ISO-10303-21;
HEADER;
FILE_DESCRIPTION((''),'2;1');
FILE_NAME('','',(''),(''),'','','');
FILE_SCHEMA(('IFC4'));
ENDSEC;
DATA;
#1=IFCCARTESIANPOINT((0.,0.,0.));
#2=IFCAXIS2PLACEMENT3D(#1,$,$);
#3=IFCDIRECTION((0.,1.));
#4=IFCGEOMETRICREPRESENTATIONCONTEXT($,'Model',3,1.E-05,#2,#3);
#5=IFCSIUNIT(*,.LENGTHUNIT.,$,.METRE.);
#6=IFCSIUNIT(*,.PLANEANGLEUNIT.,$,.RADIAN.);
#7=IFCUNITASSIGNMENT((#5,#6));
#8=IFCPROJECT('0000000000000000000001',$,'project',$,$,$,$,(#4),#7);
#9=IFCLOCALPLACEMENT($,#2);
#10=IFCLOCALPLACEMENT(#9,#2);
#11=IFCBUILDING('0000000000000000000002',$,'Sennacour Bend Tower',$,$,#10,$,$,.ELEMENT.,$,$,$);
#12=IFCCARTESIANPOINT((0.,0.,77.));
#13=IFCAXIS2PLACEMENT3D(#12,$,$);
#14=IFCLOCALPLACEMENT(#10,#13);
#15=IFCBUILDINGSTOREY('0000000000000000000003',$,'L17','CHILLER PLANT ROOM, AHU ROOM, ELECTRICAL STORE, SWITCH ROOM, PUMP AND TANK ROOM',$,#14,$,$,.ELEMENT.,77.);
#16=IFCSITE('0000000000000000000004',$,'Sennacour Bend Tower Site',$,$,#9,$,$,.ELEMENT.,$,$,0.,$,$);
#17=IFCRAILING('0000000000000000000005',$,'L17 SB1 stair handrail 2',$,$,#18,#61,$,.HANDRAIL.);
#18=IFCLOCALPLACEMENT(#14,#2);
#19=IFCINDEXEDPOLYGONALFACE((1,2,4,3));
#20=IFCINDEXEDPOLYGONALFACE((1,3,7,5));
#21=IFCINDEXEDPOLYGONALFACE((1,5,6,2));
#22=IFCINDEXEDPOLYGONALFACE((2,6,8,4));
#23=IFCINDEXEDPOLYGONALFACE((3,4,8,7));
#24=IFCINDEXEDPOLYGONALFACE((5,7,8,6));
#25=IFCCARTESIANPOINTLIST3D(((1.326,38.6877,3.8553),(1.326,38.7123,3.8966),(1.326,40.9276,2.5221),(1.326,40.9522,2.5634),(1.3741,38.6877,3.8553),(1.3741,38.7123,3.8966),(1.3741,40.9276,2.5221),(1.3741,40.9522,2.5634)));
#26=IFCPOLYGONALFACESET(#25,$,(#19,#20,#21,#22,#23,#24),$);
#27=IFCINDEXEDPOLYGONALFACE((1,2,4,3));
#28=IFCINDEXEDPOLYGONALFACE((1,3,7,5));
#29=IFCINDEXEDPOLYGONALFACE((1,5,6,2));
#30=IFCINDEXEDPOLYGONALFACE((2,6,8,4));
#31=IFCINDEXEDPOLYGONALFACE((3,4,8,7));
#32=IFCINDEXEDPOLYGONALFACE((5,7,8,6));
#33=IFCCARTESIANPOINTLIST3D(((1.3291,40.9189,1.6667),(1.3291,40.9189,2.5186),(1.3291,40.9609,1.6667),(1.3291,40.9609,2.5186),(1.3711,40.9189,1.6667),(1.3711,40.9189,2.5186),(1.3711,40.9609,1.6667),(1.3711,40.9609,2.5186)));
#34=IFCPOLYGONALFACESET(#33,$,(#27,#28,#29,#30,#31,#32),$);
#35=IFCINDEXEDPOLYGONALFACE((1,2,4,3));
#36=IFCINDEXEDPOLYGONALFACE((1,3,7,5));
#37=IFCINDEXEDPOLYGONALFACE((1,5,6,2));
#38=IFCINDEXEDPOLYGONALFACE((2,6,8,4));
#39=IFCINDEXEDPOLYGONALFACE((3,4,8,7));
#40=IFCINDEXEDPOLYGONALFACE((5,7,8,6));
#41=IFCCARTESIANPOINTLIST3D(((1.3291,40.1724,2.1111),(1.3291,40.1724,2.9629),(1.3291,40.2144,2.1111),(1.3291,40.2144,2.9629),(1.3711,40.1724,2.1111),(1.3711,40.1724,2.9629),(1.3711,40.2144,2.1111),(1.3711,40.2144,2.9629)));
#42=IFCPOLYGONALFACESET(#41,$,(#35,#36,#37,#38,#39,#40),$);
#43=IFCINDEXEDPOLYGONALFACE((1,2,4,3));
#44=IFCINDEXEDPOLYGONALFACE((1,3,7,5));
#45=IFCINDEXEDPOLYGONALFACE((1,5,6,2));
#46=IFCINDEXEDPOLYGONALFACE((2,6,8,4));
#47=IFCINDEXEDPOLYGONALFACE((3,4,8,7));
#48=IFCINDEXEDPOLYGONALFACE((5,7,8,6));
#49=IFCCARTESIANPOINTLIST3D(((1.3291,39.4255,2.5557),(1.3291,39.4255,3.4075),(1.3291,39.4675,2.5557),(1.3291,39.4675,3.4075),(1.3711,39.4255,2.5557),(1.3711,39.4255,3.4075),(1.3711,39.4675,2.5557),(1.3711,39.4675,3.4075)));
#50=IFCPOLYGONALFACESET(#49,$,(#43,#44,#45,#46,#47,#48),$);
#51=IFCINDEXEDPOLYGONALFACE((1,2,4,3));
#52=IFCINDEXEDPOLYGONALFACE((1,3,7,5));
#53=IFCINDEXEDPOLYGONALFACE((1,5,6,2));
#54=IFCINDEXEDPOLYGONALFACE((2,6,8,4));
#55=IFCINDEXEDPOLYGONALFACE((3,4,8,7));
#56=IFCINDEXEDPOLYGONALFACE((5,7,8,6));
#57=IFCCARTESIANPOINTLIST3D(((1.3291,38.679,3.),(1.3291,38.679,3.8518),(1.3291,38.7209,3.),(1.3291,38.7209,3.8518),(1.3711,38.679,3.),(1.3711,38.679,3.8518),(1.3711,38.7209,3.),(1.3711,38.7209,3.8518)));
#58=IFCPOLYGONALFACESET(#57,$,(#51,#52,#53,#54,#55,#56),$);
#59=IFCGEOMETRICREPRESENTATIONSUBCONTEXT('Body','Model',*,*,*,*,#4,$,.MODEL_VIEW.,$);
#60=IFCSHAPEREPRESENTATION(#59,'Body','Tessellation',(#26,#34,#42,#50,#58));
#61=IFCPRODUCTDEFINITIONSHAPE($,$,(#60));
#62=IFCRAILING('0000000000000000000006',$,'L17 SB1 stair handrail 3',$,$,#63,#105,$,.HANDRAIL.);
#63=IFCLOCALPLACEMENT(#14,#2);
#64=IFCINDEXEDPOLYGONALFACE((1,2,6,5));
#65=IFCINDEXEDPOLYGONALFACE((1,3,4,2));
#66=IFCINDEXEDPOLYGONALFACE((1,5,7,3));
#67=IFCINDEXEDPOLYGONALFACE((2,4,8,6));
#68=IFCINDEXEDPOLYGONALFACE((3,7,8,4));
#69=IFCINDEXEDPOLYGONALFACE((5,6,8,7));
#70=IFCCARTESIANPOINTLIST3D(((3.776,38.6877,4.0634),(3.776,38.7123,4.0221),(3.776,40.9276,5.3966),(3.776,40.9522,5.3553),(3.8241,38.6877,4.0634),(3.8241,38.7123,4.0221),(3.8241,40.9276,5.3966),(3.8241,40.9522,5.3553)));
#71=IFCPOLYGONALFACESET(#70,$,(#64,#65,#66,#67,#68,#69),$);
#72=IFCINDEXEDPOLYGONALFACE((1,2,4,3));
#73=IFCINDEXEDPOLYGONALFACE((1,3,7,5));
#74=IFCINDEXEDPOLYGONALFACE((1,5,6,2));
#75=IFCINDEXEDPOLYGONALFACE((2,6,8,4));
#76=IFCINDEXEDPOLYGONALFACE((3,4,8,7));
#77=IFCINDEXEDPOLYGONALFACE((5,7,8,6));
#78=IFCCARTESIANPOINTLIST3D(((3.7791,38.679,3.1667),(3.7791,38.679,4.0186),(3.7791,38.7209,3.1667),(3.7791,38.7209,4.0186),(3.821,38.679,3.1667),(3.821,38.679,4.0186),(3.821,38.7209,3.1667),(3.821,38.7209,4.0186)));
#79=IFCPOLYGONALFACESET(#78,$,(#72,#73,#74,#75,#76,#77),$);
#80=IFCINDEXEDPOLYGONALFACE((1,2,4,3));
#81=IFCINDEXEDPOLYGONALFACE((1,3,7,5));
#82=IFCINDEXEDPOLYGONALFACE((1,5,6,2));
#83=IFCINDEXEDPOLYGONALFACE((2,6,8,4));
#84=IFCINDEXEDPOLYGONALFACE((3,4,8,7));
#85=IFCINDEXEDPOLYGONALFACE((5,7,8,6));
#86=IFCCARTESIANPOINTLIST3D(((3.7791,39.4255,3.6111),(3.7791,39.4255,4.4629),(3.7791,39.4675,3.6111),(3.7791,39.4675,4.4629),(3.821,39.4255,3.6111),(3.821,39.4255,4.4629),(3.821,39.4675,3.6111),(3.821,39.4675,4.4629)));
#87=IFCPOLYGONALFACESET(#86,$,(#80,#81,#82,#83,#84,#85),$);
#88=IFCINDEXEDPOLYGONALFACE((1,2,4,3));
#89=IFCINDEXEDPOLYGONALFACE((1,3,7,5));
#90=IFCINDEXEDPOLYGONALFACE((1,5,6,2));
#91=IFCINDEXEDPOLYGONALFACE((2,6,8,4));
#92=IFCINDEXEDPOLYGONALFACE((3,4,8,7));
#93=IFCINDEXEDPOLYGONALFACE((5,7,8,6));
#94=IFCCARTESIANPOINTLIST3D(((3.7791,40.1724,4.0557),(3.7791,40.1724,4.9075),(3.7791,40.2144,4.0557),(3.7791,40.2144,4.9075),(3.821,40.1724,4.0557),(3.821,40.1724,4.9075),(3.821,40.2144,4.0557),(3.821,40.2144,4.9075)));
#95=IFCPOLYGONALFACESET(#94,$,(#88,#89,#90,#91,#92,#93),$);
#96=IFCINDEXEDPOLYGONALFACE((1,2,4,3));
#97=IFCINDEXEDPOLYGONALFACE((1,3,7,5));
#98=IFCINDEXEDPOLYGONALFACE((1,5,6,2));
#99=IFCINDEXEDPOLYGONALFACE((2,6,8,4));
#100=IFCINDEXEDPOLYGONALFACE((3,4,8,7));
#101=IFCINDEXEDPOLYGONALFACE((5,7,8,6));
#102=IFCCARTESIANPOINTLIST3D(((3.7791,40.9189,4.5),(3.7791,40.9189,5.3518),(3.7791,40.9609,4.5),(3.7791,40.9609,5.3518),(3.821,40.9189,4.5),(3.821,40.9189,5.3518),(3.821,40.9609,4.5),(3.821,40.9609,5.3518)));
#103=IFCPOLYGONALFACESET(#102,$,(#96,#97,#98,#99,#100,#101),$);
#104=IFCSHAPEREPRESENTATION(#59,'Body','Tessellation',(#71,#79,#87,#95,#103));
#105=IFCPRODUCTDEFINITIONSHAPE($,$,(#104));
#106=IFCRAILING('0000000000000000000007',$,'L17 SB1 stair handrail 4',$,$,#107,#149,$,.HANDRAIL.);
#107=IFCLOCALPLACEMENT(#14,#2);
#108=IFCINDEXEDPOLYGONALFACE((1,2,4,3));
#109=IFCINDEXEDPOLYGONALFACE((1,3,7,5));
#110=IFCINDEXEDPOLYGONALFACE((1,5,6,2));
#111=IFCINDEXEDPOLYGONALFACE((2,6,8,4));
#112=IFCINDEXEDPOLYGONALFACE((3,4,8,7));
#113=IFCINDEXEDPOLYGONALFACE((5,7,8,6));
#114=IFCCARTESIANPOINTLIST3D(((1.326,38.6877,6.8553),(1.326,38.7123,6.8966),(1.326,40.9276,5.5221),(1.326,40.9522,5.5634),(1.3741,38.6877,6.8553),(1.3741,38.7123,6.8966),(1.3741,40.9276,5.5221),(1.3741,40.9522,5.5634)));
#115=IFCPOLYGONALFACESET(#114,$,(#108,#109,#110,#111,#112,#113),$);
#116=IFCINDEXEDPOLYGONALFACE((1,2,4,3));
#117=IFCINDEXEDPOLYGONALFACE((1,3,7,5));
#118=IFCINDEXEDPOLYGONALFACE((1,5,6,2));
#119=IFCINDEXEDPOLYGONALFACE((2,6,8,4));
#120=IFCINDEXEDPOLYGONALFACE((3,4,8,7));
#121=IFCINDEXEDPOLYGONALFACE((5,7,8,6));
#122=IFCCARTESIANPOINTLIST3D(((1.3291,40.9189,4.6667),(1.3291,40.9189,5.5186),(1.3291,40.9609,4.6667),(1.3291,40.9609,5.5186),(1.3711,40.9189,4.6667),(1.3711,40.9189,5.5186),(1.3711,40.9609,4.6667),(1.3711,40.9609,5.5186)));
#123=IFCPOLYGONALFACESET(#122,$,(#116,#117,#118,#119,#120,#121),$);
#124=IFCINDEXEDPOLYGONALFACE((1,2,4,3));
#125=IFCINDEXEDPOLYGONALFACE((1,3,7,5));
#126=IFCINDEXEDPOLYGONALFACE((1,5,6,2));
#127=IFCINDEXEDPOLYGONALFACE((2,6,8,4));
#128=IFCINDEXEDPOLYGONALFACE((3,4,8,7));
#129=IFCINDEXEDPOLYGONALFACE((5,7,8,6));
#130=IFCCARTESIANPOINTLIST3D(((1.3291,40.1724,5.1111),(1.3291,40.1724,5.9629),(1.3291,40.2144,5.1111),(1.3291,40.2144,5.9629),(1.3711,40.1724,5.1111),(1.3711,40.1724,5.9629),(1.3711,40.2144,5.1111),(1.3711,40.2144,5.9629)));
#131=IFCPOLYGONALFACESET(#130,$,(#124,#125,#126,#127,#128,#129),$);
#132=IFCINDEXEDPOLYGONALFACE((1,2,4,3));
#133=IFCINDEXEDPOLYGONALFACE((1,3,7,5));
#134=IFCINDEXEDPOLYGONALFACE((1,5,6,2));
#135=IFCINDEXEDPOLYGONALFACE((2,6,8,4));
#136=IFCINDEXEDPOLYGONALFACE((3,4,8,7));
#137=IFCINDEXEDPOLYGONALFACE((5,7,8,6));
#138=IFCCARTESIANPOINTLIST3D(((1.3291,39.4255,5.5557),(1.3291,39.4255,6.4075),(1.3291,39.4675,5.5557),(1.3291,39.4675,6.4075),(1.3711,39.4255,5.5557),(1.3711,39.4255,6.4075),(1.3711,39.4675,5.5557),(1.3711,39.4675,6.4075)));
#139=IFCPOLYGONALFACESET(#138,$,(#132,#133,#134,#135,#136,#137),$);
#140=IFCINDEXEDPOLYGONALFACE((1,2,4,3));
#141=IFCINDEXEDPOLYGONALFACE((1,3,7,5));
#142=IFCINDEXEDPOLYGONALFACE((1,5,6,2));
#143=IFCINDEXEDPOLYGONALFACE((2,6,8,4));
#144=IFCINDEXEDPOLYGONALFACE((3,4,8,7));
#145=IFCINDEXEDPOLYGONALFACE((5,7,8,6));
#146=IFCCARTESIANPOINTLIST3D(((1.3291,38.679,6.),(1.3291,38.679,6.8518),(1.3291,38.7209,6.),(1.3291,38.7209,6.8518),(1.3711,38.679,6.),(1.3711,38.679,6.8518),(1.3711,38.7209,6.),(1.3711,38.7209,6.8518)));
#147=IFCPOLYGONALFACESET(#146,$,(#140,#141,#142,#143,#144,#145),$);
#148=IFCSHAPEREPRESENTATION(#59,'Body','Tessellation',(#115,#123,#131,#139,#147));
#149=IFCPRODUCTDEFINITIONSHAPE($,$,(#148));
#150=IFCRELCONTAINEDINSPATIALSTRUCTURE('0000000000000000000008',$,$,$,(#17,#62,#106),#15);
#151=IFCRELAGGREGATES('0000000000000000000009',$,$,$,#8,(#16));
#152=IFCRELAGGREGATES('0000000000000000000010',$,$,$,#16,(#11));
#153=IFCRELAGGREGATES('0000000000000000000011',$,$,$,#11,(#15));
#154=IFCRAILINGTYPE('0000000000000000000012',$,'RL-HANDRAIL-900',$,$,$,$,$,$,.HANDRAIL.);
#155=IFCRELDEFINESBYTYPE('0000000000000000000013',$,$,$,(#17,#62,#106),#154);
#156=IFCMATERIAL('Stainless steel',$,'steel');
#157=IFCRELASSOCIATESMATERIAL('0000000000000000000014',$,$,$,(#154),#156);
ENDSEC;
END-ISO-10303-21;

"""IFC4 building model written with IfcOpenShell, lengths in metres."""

from ifc_helpers import new_model, si_unit, direction, frame, origin, origin_2d, place, context, subcontext, project, spatial, rectangle, extrude, material, type_object, element, save


model = new_model("IFC4")

# Units and contexts
model_context = context("Model", 3, precision=1e-05, world=origin(), true_north=direction((0.0, 1.0)))
body_context = subcontext(model_context, "Body", "Model", "MODEL_VIEW")
ifc_project = project(units=[si_unit("LENGTHUNIT", "METRE"), si_unit("PLANEANGLEUNIT", "RADIAN")], contexts=[model_context])

# Site, building, storey
site_placement = place(None, origin())
site = spatial("IfcSite", under=ifc_project, at=site_placement, Name="Sennacour Bend Tower Site", CompositionType="ELEMENT", RefElevation=0.0)
building_placement = place(site_placement, origin())
building = spatial("IfcBuilding", under=site, at=building_placement, Name="Sennacour Bend Tower", CompositionType="ELEMENT")
storey_placement = place(building_placement, frame((0.0, 0.0, 77.0)))
storey = spatial("IfcBuildingStorey", under=building, at=storey_placement, Name="L17", Description="CHILLER PLANT ROOM, AHU ROOM, ELECTRICAL STORE, SWITCH ROOM, PUMP AND TANK ROOM", CompositionType="ELEMENT", Elevation=77.0)

# Shared definitions
ifc_material_1 = material(Name="Stainless steel", Category="steel")

# Railings
railing_type_1 = type_object("IfcRailingType", Name="RL-HANDRAIL-900", PredefinedType="HANDRAIL", material=ifc_material_1)
railing_1_placement = place(storey_placement, frame((1.3501, 40.9399, 1.6667)))
element("IfcRailing", 1, at=railing_1_placement, inside=storey, type_object=railing_type_1, Name="L17 SB1 stair handrail 2", PredefinedType="HANDRAIL", context=body_context, shape_type="SweptSolid", body=[
    extrude(rectangle(XDim=0.0481, YDim=0.0481, at=origin_2d()), frame((0.0, 0.0, 0.876), z_axis=(0.0, -0.859306, 0.511462), x_axis=(1.0, 0.0, 0.0)), (0.0, 0.0, 1.0), 2.6067),
    extrude(rectangle(XDim=0.042, YDim=0.042, at=origin_2d()), origin(), (0.0, 0.0, 1.0), 0.8518),
    extrude(rectangle(XDim=0.042, YDim=0.042, at=origin_2d()), frame((0.0, -0.7466, 0.4443)), (0.0, 0.0, 1.0), 0.8518),
    extrude(rectangle(XDim=0.042, YDim=0.042, at=origin_2d()), frame((0.0, -1.4934, 0.8889)), (0.0, 0.0, 1.0), 0.8518),
    extrude(rectangle(XDim=0.042, YDim=0.042, at=origin_2d()), frame((0.0, -2.24, 1.3333)), (0.0, 0.0, 1.0), 0.8518),
])
railing_2_placement = place(storey_placement, frame((3.8, 38.7, 3.1667)))
element("IfcRailing", 2, at=railing_2_placement, inside=storey, type_object=railing_type_1, Name="L17 SB1 stair handrail 3", PredefinedType="HANDRAIL", context=body_context, shape_type="SweptSolid", body=[
    extrude(rectangle(XDim=0.0481, YDim=0.0481, at=origin_2d()), frame((0.0, 0.0, 0.876), z_axis=(0.0, 0.859306, 0.511462), x_axis=(-1.0, 0.0, 0.0)), (0.0, 0.0, 1.0), 2.6067),
    extrude(rectangle(XDim=0.042, YDim=0.042, at=origin_2d()), origin(), (0.0, 0.0, 1.0), 0.8518),
    extrude(rectangle(XDim=0.042, YDim=0.042, at=origin_2d()), frame((0.0, 0.7466, 0.4443)), (0.0, 0.0, 1.0), 0.8518),
    extrude(rectangle(XDim=0.042, YDim=0.042, at=origin_2d()), frame((0.0, 1.4934, 0.8889)), (0.0, 0.0, 1.0), 0.8518),
    extrude(rectangle(XDim=0.042, YDim=0.042, at=origin_2d()), frame((0.0, 2.24, 1.3333)), (0.0, 0.0, 1.0), 0.8518),
])
railing_3_placement = place(storey_placement, frame((1.3501, 40.9399, 4.6667)))
element("IfcRailing", 3, at=railing_3_placement, inside=storey, type_object=railing_type_1, Name="L17 SB1 stair handrail 4", PredefinedType="HANDRAIL", context=body_context, shape_type="SweptSolid", body=[
    extrude(rectangle(XDim=0.0481, YDim=0.0481, at=origin_2d()), frame((0.0, 0.0, 0.876), z_axis=(0.0, -0.859306, 0.511462), x_axis=(1.0, 0.0, 0.0)), (0.0, 0.0, 1.0), 2.6067),
    extrude(rectangle(XDim=0.042, YDim=0.042, at=origin_2d()), origin(), (0.0, 0.0, 1.0), 0.8518),
    extrude(rectangle(XDim=0.042, YDim=0.042, at=origin_2d()), frame((0.0, -0.7466, 0.4443)), (0.0, 0.0, 1.0), 0.8518),
    extrude(rectangle(XDim=0.042, YDim=0.042, at=origin_2d()), frame((0.0, -1.4934, 0.8889)), (0.0, 0.0, 1.0), 0.8518),
    extrude(rectangle(XDim=0.042, YDim=0.042, at=origin_2d()), frame((0.0, -2.24, 1.3333)), (0.0, 0.0, 1.0), 0.8518),
])

save(model, "model.ifc")
